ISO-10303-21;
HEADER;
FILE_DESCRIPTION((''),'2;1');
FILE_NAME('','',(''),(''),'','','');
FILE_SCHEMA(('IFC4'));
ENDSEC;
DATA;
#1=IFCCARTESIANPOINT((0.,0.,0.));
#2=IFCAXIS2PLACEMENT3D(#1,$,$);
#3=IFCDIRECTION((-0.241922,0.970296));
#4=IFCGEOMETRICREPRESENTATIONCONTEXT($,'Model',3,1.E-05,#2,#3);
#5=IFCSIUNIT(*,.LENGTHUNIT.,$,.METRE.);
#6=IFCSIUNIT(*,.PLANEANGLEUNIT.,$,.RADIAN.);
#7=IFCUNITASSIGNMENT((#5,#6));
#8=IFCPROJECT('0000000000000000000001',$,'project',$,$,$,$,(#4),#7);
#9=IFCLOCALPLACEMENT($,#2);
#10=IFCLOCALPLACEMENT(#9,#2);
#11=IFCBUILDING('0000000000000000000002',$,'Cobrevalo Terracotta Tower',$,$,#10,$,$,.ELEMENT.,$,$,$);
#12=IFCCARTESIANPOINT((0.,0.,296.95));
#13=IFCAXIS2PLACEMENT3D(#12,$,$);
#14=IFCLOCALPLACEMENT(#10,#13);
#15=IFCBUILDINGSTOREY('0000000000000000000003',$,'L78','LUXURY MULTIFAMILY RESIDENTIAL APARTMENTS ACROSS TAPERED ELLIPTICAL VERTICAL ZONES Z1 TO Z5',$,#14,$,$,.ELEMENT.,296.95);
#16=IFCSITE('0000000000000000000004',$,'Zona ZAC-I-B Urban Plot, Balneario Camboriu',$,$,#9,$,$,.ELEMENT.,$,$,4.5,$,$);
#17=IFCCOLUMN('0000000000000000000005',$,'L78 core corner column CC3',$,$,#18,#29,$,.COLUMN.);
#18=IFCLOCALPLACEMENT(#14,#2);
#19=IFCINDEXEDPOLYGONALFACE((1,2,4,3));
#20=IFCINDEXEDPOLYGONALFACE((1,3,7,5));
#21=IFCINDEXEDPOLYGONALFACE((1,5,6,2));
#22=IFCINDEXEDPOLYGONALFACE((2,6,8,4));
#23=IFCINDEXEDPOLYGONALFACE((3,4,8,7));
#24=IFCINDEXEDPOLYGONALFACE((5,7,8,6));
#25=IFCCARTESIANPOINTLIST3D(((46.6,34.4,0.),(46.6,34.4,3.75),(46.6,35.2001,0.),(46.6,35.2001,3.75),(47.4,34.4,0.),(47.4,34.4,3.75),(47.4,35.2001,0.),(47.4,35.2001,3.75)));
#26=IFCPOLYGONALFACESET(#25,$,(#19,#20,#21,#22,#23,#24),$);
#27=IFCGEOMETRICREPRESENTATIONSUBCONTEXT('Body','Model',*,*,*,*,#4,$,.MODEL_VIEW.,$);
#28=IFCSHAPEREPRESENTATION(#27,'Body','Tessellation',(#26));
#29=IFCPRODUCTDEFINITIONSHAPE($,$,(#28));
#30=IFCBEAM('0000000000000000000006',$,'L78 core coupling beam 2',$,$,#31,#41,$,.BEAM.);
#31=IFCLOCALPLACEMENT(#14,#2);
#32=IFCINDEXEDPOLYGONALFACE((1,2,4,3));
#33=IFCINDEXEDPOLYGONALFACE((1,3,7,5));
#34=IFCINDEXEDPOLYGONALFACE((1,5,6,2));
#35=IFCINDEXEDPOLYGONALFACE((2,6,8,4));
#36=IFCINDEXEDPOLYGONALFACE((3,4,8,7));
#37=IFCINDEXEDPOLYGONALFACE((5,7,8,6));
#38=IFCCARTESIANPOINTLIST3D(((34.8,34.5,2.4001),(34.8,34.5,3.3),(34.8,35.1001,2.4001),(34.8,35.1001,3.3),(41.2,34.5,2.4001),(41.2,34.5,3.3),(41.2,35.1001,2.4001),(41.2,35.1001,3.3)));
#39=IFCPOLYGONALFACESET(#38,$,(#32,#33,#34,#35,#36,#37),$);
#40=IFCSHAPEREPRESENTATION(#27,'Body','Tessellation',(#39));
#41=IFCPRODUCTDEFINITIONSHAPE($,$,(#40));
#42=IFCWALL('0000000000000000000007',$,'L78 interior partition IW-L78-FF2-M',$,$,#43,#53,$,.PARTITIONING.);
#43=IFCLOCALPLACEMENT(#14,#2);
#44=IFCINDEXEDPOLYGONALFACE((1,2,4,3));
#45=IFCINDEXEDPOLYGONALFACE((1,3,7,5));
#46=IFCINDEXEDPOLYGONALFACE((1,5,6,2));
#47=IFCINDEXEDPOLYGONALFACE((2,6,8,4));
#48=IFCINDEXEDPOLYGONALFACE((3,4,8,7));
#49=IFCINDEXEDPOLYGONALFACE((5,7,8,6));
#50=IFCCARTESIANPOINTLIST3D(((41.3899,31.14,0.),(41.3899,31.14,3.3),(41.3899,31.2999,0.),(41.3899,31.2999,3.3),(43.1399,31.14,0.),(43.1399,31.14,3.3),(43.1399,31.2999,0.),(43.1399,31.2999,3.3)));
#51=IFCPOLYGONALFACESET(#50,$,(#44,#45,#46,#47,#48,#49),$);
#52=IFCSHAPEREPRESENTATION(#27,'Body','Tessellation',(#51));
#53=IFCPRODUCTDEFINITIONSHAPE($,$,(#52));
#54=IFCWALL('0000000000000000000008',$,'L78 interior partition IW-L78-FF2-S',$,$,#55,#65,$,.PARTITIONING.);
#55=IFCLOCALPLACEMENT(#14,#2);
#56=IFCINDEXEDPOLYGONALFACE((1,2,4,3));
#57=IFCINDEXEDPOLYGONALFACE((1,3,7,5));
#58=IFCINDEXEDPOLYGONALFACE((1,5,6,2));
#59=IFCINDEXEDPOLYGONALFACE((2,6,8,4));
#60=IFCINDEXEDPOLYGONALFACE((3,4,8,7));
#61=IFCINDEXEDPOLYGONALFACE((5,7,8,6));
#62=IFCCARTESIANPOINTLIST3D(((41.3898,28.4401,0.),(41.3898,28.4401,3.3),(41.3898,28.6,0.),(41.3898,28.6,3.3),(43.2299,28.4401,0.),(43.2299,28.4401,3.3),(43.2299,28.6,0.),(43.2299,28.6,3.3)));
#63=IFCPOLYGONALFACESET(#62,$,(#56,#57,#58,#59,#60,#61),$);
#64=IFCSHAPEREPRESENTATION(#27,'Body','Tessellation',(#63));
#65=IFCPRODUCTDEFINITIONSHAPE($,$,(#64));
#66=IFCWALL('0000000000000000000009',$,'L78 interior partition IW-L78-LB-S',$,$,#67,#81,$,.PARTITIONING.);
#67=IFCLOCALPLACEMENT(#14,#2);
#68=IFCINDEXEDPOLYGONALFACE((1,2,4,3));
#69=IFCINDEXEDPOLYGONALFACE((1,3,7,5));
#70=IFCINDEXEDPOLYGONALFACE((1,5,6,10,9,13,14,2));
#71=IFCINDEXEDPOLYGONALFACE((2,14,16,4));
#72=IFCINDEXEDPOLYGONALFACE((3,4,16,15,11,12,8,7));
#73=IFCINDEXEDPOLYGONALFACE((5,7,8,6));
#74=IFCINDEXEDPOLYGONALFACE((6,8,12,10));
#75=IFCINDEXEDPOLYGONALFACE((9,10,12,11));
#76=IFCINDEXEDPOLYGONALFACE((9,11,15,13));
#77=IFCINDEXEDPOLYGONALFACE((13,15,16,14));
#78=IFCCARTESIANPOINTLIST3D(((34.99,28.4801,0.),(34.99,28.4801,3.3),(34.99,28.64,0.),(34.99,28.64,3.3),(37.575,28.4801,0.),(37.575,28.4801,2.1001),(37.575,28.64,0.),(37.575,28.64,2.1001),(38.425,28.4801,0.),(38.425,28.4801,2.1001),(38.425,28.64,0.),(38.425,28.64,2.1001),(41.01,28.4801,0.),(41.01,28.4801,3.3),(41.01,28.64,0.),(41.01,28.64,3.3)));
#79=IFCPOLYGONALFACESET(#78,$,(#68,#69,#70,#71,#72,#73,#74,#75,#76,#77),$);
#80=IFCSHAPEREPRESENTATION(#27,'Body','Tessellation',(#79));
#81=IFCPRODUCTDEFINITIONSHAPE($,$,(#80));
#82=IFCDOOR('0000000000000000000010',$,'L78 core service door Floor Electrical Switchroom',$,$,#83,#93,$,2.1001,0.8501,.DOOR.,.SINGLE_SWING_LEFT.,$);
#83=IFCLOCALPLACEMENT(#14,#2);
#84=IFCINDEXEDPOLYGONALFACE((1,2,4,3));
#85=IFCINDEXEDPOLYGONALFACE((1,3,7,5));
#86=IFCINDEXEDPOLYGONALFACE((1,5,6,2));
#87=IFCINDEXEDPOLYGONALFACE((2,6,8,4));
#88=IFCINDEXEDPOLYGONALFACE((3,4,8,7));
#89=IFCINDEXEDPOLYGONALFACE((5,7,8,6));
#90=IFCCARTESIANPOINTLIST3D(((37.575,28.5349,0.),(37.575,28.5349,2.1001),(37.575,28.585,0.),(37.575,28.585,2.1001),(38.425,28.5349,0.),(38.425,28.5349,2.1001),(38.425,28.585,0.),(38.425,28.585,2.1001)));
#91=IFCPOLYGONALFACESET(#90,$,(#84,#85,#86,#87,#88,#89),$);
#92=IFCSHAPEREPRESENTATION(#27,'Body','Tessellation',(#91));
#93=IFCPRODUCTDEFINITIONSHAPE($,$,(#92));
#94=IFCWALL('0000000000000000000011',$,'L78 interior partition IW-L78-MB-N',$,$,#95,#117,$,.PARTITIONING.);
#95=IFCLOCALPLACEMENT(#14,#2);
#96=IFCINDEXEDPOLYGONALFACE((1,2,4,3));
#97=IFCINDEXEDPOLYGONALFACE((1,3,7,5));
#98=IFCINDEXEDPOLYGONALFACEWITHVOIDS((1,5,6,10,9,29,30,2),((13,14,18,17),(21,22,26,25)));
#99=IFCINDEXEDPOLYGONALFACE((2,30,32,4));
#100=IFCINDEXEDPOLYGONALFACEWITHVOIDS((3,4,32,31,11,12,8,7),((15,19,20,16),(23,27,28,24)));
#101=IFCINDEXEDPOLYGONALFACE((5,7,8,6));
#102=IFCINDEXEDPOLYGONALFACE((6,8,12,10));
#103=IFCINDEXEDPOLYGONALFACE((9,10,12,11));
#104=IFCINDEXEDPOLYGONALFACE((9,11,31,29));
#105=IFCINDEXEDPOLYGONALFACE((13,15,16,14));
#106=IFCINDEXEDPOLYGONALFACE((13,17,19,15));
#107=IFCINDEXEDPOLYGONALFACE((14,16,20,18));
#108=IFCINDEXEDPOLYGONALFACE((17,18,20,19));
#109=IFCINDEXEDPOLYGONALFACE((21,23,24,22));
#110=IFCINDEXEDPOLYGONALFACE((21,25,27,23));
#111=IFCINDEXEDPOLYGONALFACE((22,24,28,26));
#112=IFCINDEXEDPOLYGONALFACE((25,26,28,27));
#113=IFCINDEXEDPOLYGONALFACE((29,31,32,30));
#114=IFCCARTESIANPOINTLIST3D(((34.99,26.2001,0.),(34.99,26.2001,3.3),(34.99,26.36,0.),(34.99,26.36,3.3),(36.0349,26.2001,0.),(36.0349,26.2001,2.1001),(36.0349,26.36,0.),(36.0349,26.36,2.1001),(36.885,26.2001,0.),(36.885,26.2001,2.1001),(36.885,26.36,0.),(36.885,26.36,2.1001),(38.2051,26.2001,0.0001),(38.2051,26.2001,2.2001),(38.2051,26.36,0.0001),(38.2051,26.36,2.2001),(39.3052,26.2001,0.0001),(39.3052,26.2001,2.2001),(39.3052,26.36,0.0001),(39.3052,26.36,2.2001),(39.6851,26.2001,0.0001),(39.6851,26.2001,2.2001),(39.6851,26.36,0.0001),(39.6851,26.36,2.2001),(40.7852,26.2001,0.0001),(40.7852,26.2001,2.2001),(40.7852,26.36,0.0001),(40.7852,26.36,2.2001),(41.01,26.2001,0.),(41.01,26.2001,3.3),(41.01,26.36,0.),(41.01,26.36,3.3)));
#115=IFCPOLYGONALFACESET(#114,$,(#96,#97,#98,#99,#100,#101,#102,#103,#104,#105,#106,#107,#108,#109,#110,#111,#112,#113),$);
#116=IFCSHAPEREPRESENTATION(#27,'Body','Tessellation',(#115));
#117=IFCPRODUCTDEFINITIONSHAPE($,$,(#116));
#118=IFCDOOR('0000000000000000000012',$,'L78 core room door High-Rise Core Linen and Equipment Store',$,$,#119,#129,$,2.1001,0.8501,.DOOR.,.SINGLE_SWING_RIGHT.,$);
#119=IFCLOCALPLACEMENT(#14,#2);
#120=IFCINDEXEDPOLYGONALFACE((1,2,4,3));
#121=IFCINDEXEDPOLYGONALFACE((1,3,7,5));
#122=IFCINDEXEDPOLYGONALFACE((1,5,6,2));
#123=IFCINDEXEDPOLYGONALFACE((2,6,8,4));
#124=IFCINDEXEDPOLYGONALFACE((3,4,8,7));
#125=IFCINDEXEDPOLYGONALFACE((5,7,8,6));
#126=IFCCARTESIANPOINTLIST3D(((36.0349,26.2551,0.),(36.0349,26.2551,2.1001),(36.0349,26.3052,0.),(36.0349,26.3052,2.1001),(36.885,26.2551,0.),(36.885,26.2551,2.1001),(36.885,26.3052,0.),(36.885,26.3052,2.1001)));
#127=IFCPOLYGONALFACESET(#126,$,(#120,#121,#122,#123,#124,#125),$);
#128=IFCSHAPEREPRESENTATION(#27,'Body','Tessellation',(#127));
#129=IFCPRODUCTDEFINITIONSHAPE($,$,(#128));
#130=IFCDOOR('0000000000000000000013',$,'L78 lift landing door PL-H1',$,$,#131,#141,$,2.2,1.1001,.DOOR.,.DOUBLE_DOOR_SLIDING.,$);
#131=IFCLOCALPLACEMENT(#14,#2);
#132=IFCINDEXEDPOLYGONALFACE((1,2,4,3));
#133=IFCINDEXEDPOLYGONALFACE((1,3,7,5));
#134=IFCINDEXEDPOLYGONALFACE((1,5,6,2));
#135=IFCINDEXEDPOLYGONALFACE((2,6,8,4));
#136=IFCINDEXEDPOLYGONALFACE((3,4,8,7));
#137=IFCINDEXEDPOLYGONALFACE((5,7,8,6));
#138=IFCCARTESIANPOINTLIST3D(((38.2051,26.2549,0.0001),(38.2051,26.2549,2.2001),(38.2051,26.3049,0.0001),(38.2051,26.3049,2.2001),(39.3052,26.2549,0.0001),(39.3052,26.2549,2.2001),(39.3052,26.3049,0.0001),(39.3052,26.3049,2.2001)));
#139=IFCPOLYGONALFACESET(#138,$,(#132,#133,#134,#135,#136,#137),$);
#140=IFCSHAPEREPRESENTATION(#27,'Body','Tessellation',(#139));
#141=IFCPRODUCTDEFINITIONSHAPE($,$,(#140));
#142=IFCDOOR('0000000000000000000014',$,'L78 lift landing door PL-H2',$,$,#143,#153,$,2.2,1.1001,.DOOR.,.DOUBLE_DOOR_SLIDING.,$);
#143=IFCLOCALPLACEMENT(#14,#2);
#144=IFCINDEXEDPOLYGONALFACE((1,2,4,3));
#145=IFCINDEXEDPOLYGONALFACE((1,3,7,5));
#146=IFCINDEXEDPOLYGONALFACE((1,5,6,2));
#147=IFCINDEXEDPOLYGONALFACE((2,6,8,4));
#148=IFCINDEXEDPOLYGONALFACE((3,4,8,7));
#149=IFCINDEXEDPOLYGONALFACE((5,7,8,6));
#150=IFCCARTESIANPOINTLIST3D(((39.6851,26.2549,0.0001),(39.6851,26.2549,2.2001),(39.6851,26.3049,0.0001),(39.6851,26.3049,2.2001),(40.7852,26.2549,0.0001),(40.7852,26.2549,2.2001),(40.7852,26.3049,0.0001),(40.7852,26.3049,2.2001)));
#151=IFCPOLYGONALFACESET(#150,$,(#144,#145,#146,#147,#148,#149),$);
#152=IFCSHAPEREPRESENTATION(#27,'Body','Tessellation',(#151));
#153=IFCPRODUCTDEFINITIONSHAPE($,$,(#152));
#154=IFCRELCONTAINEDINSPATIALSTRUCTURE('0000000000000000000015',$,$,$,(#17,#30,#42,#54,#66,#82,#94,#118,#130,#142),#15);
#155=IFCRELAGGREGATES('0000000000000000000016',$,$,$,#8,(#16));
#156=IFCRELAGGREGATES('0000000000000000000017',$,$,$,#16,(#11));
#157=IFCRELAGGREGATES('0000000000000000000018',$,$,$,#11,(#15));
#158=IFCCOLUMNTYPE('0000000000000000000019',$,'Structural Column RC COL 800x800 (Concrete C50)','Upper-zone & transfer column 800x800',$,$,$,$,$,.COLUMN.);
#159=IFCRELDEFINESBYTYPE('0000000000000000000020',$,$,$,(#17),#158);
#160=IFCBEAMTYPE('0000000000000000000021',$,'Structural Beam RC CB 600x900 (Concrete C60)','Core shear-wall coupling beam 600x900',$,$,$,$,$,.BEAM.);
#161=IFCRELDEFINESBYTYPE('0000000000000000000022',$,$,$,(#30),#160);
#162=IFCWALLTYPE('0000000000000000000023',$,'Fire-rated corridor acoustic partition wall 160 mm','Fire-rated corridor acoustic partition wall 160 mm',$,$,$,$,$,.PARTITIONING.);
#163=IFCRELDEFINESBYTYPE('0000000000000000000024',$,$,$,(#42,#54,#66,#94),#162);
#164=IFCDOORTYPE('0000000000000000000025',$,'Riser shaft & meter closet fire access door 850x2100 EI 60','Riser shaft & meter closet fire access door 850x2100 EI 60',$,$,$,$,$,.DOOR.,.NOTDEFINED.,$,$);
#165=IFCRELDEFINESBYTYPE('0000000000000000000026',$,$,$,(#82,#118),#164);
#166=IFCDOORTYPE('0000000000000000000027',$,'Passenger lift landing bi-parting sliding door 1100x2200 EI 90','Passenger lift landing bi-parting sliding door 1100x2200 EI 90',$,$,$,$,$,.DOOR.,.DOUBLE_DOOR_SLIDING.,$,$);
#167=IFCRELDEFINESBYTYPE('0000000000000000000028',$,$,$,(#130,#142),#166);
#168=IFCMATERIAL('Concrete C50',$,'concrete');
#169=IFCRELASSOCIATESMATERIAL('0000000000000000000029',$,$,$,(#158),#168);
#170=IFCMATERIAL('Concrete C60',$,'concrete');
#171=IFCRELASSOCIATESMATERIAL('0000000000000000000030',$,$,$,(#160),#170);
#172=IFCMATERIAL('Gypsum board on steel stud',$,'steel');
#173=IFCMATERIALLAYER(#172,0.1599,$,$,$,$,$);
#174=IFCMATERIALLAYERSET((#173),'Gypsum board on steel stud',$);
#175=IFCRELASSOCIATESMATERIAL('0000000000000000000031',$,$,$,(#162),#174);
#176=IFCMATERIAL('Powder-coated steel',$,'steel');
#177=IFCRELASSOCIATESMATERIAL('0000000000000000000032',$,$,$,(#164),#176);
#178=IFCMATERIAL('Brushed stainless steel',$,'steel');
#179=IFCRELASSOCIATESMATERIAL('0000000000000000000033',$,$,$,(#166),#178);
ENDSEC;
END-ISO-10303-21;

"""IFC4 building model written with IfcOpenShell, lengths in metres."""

from ifc_helpers import new_model, si_unit, direction, frame, frame_2d, origin, origin_2d, place, context, subcontext, project, spatial, rectangle, extrude, source, transform, mapped, material, layer, layer_set, material_profile, profile_set, type_object, element, fill, save


model = new_model("IFC4")

# Units and contexts
model_context = context("Model", 3, precision=1e-05, world=origin(), true_north=direction((-0.241922, 0.970296)))
body_context = subcontext(model_context, "Body", "Model", "MODEL_VIEW")
ifc_project = project(units=[si_unit("LENGTHUNIT", "METRE"), si_unit("PLANEANGLEUNIT", "RADIAN")], contexts=[model_context])

# Site, building, storey
site_placement = place(None, origin())
site = spatial("IfcSite", under=ifc_project, at=site_placement, Name="Zona ZAC-I-B Urban Plot, Balneario Camboriu", CompositionType="ELEMENT", RefElevation=4.5)
building_placement = place(site_placement, origin())
building = spatial("IfcBuilding", under=site, at=building_placement, Name="Cobrevalo Terracotta Tower", CompositionType="ELEMENT")
storey_placement = place(building_placement, frame((0.0, 0.0, 296.95)))
storey = spatial("IfcBuildingStorey", under=building, at=storey_placement, Name="L78", Description="LUXURY MULTIFAMILY RESIDENTIAL APARTMENTS ACROSS TAPERED ELLIPTICAL VERTICAL ZONES Z1 TO Z5", CompositionType="ELEMENT", Elevation=296.95)

# Column
ifc_material_1 = material(Name="Concrete C50", Category="concrete")
ifc_material_profile_1 = material_profile(ifc_material_1, rectangle(XDim=0.8, YDim=0.8, at=origin_2d()), Name="RC COL 800x800")
ifc_profile_set_1 = profile_set([ifc_material_profile_1], Name="Concrete C50")
column_type = type_object("IfcColumnType", Name="Structural Column RC COL 800x800 (Concrete C50)", Description="Upper-zone & transfer column 800x800", PredefinedType="COLUMN", material=ifc_profile_set_1)
column_placement = place(storey_placement, frame((47.0, 34.8, 0.0), z_axis=(0.0, 0.0, 1.0), x_axis=(1.0, 0.0, 0.0)))
element("IfcColumn", 1, at=column_placement, inside=storey, type_object=column_type, Name="L78 core corner column CC3", PredefinedType="COLUMN", context=body_context, shape_type="SweptSolid", body=[
    extrude(rectangle(XDim=0.8, YDim=0.8, at=origin_2d()), origin(), (0.0, 0.0, 1.0), 3.75),
])

# Beam
ifc_material_2 = material(Name="Concrete C60", Category="concrete")
ifc_material_profile_2 = material_profile(ifc_material_2, rectangle(XDim=0.6001, YDim=0.8999, at=origin_2d()), Name="RC CB 600x900")
ifc_profile_set_2 = profile_set([ifc_material_profile_2], Name="Concrete C60")
beam_type = type_object("IfcBeamType", Name="Structural Beam RC CB 600x900 (Concrete C60)", Description="Core shear-wall coupling beam 600x900", PredefinedType="BEAM", material=ifc_profile_set_2)
beam_placement = place(storey_placement, frame((34.8, 34.8, 2.8501), z_axis=(1.0, 0.0, 0.0), x_axis=(0.0, 1.0, 0.0)))
element("IfcBeam", 2, at=beam_placement, inside=storey, type_object=beam_type, Name="L78 core coupling beam 2", PredefinedType="BEAM", context=body_context, shape_type="SweptSolid", body=[
    extrude(rectangle(XDim=0.6001, YDim=0.8999, at=origin_2d()), origin(), (0.0, 0.0, 1.0), 6.3999),
])

# Walls
ifc_material_3 = material(Name="Gypsum board on steel stud", Category="steel")
ifc_layer_1 = layer(ifc_material_3, 0.1599)
ifc_layer_set_1 = layer_set([ifc_layer_1], Name="Gypsum board on steel stud")
wall_type_1 = type_object("IfcWallType", Name="Fire-rated corridor acoustic partition wall 160 mm", Description="Fire-rated corridor acoustic partition wall 160 mm", PredefinedType="PARTITIONING", material=ifc_layer_set_1)
wall_1_placement = place(storey_placement, frame((41.3899, 31.22, 0.0), z_axis=(0.0, 0.0, 1.0), x_axis=(1.0, 0.0, 0.0)))
element("IfcWall", 3, at=wall_1_placement, inside=storey, type_object=wall_type_1, Name="L78 interior partition IW-L78-FF2-M", PredefinedType="PARTITIONING", context=body_context, shape_type="SweptSolid", body=[
    extrude(rectangle(XDim=1.75, YDim=0.1599, at=frame_2d((0.875, 0.0))), origin(), (0.0, 0.0, 1.0), 3.3),
])
wall_2_placement = place(storey_placement, frame((41.3899, 28.52, 0.0), z_axis=(0.0, 0.0, 1.0), x_axis=(1.0, 0.0, 0.0)))
element("IfcWall", 4, at=wall_2_placement, inside=storey, type_object=wall_type_1, Name="L78 interior partition IW-L78-FF2-S", PredefinedType="PARTITIONING", context=body_context, shape_type="SweptSolid", body=[
    extrude(rectangle(XDim=1.8401, YDim=0.1599, at=frame_2d((0.9199, 0.0))), origin(), (0.0, 0.0, 1.0), 3.3),
])

# Wall, opening, door
wall_3_placement = place(storey_placement, frame((34.99, 28.5601, 0.0), z_axis=(0.0, 0.0, 1.0), x_axis=(1.0, 0.0, 0.0)))
wall_3 = element("IfcWall", 5, at=wall_3_placement, inside=storey, type_object=wall_type_1, Name="L78 interior partition IW-L78-LB-S", PredefinedType="PARTITIONING", context=body_context, shape_type="SweptSolid", body=[
    extrude(rectangle(XDim=6.02, YDim=0.1599, at=frame_2d((3.01, 0.0))), origin(), (0.0, 0.0, 1.0), 3.3),
])
opening_1_placement = place(wall_3_placement, frame((2.585, 0.0, 0.0)))
opening_1 = element("IfcOpeningElement", 6, at=opening_1_placement, cuts=wall_3, PredefinedType="OPENING", context=body_context, shape_type="SweptSolid", body=[
    extrude(rectangle(XDim=0.8501, YDim=2.1001, at=frame_2d((0.425, 1.05))), frame((0.0, 0.0898, 0.0), z_axis=(0.0, -1.0, 0.0), x_axis=(1.0, 0.0, 0.0)), (0.0, 0.0, 1.0), 0.1799),
])
ifc_material_4 = material(Name="Powder-coated steel", Category="steel")
door_type_1 = type_object("IfcDoorType", Name="Riser shaft & meter closet fire access door 850x2100 EI 60", Description="Riser shaft & meter closet fire access door 850x2100 EI 60", OperationType="NOTDEFINED", PredefinedType="DOOR", material=ifc_material_4)
shared_shape_1 = source(origin(), body_context, "Body", "SweptSolid", [
    extrude(rectangle(XDim=0.8501, YDim=2.1001, at=frame_2d((0.425, 1.05))), frame((0.0, 0.0249, 0.0), z_axis=(0.0, -1.0, 0.0), x_axis=(1.0, 0.0, 0.0)), (0.0, 0.0, 1.0), 0.05),
])
door_1_placement = place(opening_1_placement, origin())
door_1 = element("IfcDoor", 7, at=door_1_placement, inside=storey, type_object=door_type_1, Name="L78 core service door Floor Electrical Switchroom", OperationType="SINGLE_SWING_LEFT", OverallHeight=2.1001, OverallWidth=0.8501, PredefinedType="DOOR", context=body_context, shape_type="MappedRepresentation", body=[
    mapped(shared_shape_1, transform((0.0, 0.0, 0.0), scale=1.0)),
])
fill(opening_1, door_1)

# Wall, openings, doors
wall_4_placement = place(storey_placement, frame((34.99, 26.28, 0.0), z_axis=(0.0, 0.0, 1.0), x_axis=(1.0, 0.0, 0.0)))
wall_4 = element("IfcWall", 8, at=wall_4_placement, inside=storey, type_object=wall_type_1, Name="L78 interior partition IW-L78-MB-N", PredefinedType="PARTITIONING", context=body_context, shape_type="SweptSolid", body=[
    extrude(rectangle(XDim=6.02, YDim=0.1599, at=frame_2d((3.01, 0.0))), origin(), (0.0, 0.0, 1.0), 3.3),
])
opening_2_placement = place(wall_4_placement, frame((1.0449, 0.0, 0.0)))
opening_2 = element("IfcOpeningElement", 9, at=opening_2_placement, cuts=wall_4, PredefinedType="OPENING", context=body_context, shape_type="SweptSolid", body=[
    extrude(rectangle(XDim=0.8501, YDim=2.1001, at=frame_2d((0.425, 1.05))), frame((0.0, 0.0898, 0.0), z_axis=(0.0, -1.0, 0.0), x_axis=(1.0, 0.0, 0.0)), (0.0, 0.0, 1.0), 0.1799),
])
opening_3_placement = place(wall_4_placement, frame((3.2151, 0.0, 0.0)))
opening_3 = element("IfcOpeningElement", 10, at=opening_3_placement, cuts=wall_4, PredefinedType="OPENING", context=body_context, shape_type="SweptSolid", body=[
    extrude(rectangle(XDim=1.1001, YDim=2.2, at=frame_2d((0.55, 1.1001))), frame((0.0, 0.0898, 0.0), z_axis=(0.0, -1.0, 0.0), x_axis=(1.0, 0.0, 0.0)), (0.0, 0.0, 1.0), 0.1799),
])
opening_4_placement = place(wall_4_placement, frame((4.6951, 0.0, 0.0)))
opening_4 = element("IfcOpeningElement", 11, at=opening_4_placement, cuts=wall_4, PredefinedType="OPENING", context=body_context, shape_type="SweptSolid", body=[
    extrude(rectangle(XDim=1.1001, YDim=2.2, at=frame_2d((0.55, 1.1001))), frame((0.0, 0.0898, 0.0), z_axis=(0.0, -1.0, 0.0), x_axis=(1.0, 0.0, 0.0)), (0.0, 0.0, 1.0), 0.1799),
])
door_2_placement = place(opening_2_placement, frame((0.8501, 0.0, 0.0), z_axis=(0.0, 0.0, 1.0), x_axis=(-1.0, 0.0, 0.0)))
door_2 = element("IfcDoor", 12, at=door_2_placement, inside=storey, type_object=door_type_1, Name="L78 core room door High-Rise Core Linen and Equipment Store", OperationType="SINGLE_SWING_RIGHT", OverallHeight=2.1001, OverallWidth=0.8501, PredefinedType="DOOR", context=body_context, shape_type="MappedRepresentation", body=[
    mapped(shared_shape_1, transform((0.0, 0.0, 0.0), scale=1.0)),
])
fill(opening_2, door_2)
ifc_material_5 = material(Name="Brushed stainless steel", Category="steel")
door_type_2 = type_object("IfcDoorType", Name="Passenger lift landing bi-parting sliding door 1100x2200 EI 90", Description="Passenger lift landing bi-parting sliding door 1100x2200 EI 90", OperationType="DOUBLE_DOOR_SLIDING", PredefinedType="DOOR", material=ifc_material_5)
shared_shape_2 = source(origin(), body_context, "Body", "SweptSolid", [
    extrude(rectangle(XDim=1.1001, YDim=2.2, at=frame_2d((0.55, 1.1001))), frame((0.0, 0.0249, 0.0), z_axis=(0.0, -1.0, 0.0), x_axis=(1.0, 0.0, 0.0)), (0.0, 0.0, 1.0), 0.05),
])
door_3_placement = place(opening_3_placement, origin())
door_3 = element("IfcDoor", 13, at=door_3_placement, inside=storey, type_object=door_type_2, Name="L78 lift landing door PL-H1", OperationType="DOUBLE_DOOR_SLIDING", OverallHeight=2.2, OverallWidth=1.1001, PredefinedType="DOOR", context=body_context, shape_type="MappedRepresentation", body=[
    mapped(shared_shape_2, transform((0.0, 0.0, 0.0), scale=1.0)),
])
fill(opening_3, door_3)
door_4_placement = place(opening_4_placement, origin())
door_4 = element("IfcDoor", 14, at=door_4_placement, inside=storey, type_object=door_type_2, Name="L78 lift landing door PL-H2", OperationType="DOUBLE_DOOR_SLIDING", OverallHeight=2.2, OverallWidth=1.1001, PredefinedType="DOOR", context=body_context, shape_type="MappedRepresentation", body=[
    mapped(shared_shape_2, transform((0.0, 0.0, 0.0), scale=1.0)),
])
fill(opening_4, door_4)

save(model, "model.ifc")
